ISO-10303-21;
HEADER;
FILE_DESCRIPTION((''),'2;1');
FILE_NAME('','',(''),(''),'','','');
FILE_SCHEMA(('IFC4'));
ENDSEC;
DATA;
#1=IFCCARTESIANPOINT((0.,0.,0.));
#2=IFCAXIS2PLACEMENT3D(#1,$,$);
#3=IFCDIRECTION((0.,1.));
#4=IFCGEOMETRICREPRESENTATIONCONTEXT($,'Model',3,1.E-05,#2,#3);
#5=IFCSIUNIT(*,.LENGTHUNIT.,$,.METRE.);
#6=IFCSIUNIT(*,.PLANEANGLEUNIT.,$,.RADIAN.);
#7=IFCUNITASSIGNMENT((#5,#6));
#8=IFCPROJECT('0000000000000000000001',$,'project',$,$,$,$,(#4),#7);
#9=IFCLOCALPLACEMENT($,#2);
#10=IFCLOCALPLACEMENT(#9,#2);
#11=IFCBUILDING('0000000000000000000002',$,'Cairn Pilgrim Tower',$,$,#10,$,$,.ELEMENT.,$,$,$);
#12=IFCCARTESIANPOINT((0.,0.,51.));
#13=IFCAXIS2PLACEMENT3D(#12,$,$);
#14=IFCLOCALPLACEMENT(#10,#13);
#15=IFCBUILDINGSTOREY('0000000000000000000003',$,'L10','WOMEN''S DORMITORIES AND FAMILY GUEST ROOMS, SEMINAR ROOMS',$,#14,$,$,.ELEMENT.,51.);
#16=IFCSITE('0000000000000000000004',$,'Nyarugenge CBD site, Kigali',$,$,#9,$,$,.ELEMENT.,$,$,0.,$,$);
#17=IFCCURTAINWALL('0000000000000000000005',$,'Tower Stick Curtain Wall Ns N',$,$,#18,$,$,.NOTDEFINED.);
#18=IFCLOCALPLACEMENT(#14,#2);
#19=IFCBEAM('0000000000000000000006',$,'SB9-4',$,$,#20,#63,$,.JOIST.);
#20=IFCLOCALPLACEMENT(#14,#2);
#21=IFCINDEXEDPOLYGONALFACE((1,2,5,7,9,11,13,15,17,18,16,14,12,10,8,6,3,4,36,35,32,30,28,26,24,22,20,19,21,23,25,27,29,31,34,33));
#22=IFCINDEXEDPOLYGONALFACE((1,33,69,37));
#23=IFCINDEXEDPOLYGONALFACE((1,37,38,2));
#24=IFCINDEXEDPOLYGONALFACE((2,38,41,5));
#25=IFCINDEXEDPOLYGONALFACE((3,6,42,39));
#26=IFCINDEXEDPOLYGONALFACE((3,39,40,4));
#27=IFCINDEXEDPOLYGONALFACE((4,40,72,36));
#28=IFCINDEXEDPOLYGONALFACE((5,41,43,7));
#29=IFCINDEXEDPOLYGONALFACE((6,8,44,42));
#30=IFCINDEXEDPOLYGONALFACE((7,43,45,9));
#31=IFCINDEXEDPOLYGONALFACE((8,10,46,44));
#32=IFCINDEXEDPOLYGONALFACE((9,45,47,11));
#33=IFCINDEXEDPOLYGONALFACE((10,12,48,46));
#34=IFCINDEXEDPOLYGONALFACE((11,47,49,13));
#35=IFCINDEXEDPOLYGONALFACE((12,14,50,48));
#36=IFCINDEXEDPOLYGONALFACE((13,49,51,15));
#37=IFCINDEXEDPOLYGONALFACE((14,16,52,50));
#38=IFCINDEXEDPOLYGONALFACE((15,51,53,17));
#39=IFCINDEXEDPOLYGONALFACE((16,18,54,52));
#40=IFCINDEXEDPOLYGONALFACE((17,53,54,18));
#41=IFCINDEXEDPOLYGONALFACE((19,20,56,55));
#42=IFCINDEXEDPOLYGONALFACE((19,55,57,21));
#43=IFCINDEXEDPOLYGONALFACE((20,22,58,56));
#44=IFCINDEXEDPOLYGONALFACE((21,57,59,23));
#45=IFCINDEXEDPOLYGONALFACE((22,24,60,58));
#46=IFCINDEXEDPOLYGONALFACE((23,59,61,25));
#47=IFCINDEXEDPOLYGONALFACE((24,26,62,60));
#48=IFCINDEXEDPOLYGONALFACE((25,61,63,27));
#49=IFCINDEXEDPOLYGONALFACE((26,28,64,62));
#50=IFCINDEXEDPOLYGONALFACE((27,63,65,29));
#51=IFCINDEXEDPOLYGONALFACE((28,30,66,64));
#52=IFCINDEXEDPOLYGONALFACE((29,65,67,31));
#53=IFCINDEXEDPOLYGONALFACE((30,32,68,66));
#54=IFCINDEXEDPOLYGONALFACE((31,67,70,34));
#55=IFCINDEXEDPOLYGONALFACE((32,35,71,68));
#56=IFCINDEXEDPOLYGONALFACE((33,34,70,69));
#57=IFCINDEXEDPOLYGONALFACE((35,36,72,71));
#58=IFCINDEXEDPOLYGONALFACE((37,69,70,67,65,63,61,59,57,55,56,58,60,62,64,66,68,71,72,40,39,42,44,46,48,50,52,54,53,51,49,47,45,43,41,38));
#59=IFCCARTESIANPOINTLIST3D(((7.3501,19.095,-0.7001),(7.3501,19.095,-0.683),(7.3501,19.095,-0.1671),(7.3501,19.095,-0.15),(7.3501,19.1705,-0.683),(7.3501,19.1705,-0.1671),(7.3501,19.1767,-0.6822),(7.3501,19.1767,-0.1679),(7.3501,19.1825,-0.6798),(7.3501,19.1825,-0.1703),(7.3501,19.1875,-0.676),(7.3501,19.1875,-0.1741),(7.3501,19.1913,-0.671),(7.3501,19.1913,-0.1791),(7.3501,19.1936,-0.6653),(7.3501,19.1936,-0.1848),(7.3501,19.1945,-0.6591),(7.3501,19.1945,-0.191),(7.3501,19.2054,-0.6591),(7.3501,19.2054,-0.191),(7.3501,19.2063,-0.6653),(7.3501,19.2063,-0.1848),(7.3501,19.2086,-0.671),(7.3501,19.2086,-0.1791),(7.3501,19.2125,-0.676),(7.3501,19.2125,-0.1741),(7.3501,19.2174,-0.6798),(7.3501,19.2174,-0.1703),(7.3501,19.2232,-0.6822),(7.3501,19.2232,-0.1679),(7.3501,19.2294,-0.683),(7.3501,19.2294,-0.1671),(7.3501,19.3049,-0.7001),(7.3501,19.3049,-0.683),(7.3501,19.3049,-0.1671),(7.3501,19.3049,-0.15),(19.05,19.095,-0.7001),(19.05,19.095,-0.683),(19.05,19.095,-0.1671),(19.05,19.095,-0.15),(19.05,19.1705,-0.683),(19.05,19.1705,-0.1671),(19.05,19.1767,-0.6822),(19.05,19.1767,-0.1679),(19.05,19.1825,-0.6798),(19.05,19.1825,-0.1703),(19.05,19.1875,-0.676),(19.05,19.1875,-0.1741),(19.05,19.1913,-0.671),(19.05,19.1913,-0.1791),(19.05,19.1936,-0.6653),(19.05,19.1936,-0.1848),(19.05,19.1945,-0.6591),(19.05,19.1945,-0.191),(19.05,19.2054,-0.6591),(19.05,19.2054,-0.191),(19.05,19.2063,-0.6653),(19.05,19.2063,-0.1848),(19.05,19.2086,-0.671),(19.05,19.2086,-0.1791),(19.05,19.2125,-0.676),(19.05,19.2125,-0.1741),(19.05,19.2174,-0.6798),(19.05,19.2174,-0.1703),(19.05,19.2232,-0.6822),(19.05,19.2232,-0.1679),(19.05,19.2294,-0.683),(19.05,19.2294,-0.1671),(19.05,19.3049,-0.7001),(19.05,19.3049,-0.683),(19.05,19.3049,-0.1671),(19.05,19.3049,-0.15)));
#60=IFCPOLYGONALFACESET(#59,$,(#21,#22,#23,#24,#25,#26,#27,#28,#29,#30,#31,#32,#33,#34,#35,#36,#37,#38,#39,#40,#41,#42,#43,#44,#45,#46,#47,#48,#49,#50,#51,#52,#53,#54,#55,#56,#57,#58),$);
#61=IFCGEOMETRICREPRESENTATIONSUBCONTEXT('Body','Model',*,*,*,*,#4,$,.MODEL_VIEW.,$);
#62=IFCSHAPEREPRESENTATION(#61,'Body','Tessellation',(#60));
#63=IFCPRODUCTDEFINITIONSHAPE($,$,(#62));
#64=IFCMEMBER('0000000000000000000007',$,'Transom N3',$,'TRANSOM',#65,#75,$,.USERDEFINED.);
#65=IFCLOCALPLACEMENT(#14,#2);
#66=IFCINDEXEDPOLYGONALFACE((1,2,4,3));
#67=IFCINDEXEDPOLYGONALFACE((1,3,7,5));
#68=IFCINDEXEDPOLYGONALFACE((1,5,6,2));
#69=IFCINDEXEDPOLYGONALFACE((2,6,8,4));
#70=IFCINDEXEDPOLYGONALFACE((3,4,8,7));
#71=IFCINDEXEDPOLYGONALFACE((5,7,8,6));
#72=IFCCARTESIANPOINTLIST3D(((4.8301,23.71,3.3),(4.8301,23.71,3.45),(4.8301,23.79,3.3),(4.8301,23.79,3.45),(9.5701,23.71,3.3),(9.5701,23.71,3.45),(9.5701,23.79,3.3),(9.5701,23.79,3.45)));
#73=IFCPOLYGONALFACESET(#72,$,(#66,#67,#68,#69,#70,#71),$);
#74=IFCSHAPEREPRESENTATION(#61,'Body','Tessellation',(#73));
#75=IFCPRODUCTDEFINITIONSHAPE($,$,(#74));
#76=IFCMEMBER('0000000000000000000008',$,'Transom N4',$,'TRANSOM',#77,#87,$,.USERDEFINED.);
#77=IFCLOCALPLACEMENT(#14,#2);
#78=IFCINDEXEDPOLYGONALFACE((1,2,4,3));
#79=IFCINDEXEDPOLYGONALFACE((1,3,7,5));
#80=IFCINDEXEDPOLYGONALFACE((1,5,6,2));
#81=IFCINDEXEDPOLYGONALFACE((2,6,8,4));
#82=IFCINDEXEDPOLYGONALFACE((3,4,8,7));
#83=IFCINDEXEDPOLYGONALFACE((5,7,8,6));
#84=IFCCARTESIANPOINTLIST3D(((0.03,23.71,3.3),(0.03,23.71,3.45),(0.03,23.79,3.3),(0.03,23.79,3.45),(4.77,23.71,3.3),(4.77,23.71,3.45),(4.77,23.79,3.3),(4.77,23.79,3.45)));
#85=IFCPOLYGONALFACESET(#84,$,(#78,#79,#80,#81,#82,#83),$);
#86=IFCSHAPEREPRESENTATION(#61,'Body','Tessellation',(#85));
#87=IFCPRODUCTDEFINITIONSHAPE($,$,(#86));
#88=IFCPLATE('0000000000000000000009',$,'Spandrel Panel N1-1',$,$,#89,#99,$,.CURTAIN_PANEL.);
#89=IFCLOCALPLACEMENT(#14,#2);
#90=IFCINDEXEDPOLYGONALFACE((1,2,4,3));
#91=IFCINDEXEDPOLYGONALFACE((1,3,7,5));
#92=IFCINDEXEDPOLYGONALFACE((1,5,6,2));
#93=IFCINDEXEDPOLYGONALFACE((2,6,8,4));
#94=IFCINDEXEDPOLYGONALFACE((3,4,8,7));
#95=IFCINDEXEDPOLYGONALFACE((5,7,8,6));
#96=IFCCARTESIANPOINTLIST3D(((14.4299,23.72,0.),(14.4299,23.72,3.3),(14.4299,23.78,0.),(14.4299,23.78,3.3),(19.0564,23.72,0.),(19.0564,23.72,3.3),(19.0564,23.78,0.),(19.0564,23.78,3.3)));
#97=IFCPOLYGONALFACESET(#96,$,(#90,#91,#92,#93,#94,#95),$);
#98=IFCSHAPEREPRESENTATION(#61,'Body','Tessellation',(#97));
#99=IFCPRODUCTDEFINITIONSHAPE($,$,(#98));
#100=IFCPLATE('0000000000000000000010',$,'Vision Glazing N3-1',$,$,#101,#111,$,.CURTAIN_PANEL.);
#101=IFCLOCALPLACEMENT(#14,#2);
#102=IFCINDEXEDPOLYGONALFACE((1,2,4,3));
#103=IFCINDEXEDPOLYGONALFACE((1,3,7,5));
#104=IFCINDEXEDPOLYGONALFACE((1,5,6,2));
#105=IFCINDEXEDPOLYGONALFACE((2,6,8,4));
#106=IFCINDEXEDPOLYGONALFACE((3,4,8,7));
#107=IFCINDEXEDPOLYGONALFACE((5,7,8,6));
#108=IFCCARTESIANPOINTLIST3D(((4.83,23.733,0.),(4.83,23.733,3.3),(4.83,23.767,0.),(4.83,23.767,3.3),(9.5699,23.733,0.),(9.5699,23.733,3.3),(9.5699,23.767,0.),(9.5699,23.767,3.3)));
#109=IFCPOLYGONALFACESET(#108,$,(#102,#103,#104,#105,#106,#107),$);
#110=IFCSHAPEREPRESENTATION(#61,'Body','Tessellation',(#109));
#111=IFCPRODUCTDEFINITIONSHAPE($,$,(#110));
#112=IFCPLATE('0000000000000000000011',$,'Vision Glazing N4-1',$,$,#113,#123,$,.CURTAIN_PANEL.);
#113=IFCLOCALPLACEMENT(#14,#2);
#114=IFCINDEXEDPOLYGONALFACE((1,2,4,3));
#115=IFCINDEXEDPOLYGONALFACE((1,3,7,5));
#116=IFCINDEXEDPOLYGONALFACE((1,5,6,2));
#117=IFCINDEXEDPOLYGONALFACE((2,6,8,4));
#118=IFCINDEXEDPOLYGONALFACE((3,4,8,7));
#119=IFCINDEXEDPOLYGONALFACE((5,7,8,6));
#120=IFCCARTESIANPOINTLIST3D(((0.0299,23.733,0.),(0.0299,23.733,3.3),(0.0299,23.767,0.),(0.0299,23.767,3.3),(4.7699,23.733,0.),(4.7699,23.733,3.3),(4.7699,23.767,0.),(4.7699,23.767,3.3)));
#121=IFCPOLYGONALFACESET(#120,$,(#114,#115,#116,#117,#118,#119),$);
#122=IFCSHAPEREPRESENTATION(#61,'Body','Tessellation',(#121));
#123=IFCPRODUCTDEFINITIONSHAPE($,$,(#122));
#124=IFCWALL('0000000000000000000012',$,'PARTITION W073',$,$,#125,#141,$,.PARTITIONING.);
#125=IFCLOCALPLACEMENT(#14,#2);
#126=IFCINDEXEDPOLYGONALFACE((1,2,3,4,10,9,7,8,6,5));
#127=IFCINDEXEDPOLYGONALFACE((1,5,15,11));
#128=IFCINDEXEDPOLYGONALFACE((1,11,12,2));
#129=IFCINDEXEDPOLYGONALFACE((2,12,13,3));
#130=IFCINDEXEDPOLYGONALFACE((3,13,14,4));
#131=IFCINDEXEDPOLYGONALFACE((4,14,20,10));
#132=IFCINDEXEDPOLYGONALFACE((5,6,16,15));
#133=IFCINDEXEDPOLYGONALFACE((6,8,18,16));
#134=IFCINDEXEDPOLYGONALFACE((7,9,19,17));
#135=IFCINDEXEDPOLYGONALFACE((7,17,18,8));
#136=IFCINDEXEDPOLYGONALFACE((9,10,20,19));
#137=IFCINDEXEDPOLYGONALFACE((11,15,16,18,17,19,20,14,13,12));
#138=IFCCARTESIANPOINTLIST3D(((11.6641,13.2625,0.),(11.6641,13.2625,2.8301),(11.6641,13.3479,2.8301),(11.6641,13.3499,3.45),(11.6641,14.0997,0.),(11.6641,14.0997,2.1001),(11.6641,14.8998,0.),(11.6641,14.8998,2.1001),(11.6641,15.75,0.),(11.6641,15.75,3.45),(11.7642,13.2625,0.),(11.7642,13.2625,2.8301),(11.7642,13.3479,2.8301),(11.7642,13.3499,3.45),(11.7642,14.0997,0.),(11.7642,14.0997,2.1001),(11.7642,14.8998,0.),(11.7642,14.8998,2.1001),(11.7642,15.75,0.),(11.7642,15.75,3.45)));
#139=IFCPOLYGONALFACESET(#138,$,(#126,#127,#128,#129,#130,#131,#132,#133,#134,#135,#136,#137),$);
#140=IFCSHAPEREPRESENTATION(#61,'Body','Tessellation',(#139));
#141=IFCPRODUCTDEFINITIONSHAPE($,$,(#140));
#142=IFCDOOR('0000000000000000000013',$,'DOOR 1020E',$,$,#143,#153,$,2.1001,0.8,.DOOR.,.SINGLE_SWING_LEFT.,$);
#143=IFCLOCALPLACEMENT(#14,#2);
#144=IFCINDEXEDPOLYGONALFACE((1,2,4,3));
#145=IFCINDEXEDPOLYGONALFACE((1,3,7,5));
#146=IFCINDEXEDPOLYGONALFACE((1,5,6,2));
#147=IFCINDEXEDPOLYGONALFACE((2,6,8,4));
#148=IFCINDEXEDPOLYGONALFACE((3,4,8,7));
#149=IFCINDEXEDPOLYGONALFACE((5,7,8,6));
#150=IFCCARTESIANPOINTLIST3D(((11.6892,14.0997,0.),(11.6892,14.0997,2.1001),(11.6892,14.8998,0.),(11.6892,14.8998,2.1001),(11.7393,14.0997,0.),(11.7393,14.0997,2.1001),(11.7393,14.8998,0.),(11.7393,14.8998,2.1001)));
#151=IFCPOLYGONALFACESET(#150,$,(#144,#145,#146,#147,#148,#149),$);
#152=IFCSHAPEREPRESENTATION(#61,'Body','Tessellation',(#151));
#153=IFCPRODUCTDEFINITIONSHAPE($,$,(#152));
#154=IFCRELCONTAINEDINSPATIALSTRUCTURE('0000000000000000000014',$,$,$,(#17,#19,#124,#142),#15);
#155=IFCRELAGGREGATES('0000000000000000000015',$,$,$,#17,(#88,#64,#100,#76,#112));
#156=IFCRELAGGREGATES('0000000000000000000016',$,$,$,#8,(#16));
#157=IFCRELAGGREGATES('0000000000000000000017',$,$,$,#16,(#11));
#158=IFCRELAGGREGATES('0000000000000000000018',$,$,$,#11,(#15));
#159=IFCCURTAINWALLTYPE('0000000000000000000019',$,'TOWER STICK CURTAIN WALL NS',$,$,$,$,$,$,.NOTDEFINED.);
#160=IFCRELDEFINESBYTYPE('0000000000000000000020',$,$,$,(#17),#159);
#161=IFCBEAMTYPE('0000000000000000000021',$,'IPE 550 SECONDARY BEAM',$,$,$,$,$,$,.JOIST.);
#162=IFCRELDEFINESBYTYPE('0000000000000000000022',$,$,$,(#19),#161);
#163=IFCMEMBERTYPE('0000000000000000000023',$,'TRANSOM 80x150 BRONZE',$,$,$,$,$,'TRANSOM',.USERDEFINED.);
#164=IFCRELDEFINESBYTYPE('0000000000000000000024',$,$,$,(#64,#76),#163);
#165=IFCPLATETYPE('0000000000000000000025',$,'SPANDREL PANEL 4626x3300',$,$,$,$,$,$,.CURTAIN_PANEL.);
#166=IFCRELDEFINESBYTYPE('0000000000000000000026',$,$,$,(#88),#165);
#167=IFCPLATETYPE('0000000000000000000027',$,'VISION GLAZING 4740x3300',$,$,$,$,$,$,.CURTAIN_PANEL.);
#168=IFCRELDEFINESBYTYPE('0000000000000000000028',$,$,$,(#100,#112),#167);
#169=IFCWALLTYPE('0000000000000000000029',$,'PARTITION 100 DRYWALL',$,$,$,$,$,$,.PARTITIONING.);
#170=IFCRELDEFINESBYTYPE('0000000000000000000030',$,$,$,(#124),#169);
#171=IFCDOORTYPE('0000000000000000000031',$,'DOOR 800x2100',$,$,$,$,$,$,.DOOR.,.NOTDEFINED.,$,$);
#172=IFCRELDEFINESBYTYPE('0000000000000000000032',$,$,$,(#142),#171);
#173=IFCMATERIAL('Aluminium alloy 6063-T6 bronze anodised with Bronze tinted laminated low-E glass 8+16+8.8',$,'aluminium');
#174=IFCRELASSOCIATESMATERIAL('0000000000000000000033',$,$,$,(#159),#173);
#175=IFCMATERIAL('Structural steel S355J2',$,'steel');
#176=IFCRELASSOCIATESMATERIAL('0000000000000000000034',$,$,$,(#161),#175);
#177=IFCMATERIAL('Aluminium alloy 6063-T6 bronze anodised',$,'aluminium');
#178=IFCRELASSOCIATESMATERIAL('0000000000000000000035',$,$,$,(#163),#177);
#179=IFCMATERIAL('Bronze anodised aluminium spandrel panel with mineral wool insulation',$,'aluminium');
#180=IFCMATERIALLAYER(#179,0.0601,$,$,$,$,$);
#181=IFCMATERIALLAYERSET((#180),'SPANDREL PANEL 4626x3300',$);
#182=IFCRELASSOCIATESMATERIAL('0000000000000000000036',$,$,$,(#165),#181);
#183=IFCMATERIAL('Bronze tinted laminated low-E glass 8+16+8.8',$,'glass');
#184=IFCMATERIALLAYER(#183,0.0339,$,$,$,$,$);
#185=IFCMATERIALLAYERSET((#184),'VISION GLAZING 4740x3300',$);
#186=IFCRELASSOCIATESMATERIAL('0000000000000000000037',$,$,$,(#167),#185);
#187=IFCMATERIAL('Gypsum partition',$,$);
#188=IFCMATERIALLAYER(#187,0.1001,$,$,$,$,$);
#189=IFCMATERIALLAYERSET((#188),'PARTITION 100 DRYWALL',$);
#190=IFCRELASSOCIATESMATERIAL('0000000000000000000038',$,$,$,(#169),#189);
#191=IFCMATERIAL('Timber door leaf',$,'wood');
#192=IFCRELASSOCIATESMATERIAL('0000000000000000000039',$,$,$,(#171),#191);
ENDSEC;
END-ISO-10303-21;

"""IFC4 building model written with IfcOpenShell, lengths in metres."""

from ifc_helpers import new_model, si_unit, direction, frame, frame_2d, origin, origin_2d, place, context, subcontext, project, spatial, polyline, rectangle, i_section, outline, extrude, material, layer, layer_set, material_profile, profile_set, type_object, element, fill, aggregate, save


model = new_model("IFC4")

# Units and contexts
model_context = context("Model", 3, precision=1e-05, world=origin(), true_north=direction((0.0, 1.0)))
body_context = subcontext(model_context, "Body", "Model", "MODEL_VIEW")
ifc_project = project(units=[si_unit("LENGTHUNIT", "METRE"), si_unit("PLANEANGLEUNIT", "RADIAN")], contexts=[model_context])

# Site, building, storey
site_placement = place(None, origin())
site = spatial("IfcSite", under=ifc_project, at=site_placement, Name="Nyarugenge CBD site, Kigali", CompositionType="ELEMENT", RefElevation=0.0)
building_placement = place(site_placement, origin())
building = spatial("IfcBuilding", under=site, at=building_placement, Name="Cairn Pilgrim Tower", CompositionType="ELEMENT")
storey_placement = place(building_placement, frame((0.0, 0.0, 51.0)))
storey = spatial("IfcBuildingStorey", under=building, at=storey_placement, Name="L10", Description="WOMEN'S DORMITORIES AND FAMILY GUEST ROOMS, SEMINAR ROOMS", CompositionType="ELEMENT", Elevation=51.0)

# Curtain wall
ifc_material_1 = material(Name="Aluminium alloy 6063-T6 bronze anodised with Bronze tinted laminated low-E glass 8+16+8.8", Category="aluminium")
curtain_wall_type = type_object("IfcCurtainWallType", Name="TOWER STICK CURTAIN WALL NS", PredefinedType="NOTDEFINED", material=ifc_material_1)
curtain_wall_placement = place(storey_placement, origin())
curtain_wall = element("IfcCurtainWall", 1, at=curtain_wall_placement, inside=storey, type_object=curtain_wall_type, Name="Tower Stick Curtain Wall Ns N", PredefinedType="NOTDEFINED")
ifc_material_2 = material(Name="Aluminium alloy 6063-T6 bronze anodised", Category="aluminium")

# Beam
ifc_material_3 = material(Name="Structural steel S355J2", Category="steel")
ifc_material_profile_1 = material_profile(ifc_material_3, i_section(OverallWidth=0.21, OverallDepth=0.55, WebThickness=0.011, FlangeThickness=0.0171, FilletRadius=0.0239, at=origin_2d()), Name="IPE 550")
ifc_profile_set_1 = profile_set([ifc_material_profile_1], Name="Structural steel S355J2")
beam_type_1 = type_object("IfcBeamType", Name="IPE 550 SECONDARY BEAM", PredefinedType="JOIST", material=ifc_profile_set_1)
beam_1_placement = place(storey_placement, frame((7.3501, 19.2, -0.425), z_axis=(1.0, 0.0, 0.0), x_axis=(0.0, 1.0, 0.0)))
element("IfcBeam", 2, at=beam_1_placement, inside=storey, type_object=beam_type_1, Name="SB9-4", PredefinedType="JOIST", context=body_context, shape_type="SweptSolid", body=[
    extrude(i_section(OverallWidth=0.21, OverallDepth=0.55, WebThickness=0.011, FlangeThickness=0.0171, FilletRadius=0.0239, at=origin_2d()), origin(), (0.0, 0.0, 1.0), 11.7),
])

# Members
ifc_material_profile_2 = material_profile(ifc_material_2, rectangle(XDim=0.0801, YDim=0.1499, at=origin_2d()), Name="TRANSOM 80x150 BRONZE")
ifc_profile_set_2 = profile_set([ifc_material_profile_2], Name="Aluminium alloy 6063-T6 bronze anodised")
member_type_1 = type_object("IfcMemberType", Name="TRANSOM 80x150 BRONZE", ElementType="TRANSOM", PredefinedType="USERDEFINED", material=ifc_profile_set_2)
member_1_placement = place(storey_placement, frame((9.5701, 23.75, 3.375), z_axis=(-1.0, 0.0, 0.0), x_axis=(0.0, -1.0, 0.0)))
member_1 = element("IfcMember", 3, at=member_1_placement, type_object=member_type_1, Name="Transom N3", ObjectType="TRANSOM", PredefinedType="USERDEFINED", context=body_context, shape_type="SweptSolid", body=[
    extrude(rectangle(XDim=0.0801, YDim=0.1499, at=origin_2d()), origin(), (0.0, 0.0, 1.0), 4.74),
])
member_2_placement = place(storey_placement, frame((4.77, 23.75, 3.375), z_axis=(-1.0, 0.0, 0.0), x_axis=(0.0, -1.0, 0.0)))
member_2 = element("IfcMember", 4, at=member_2_placement, type_object=member_type_1, Name="Transom N4", ObjectType="TRANSOM", PredefinedType="USERDEFINED", context=body_context, shape_type="SweptSolid", body=[
    extrude(rectangle(XDim=0.0801, YDim=0.1499, at=origin_2d()), origin(), (0.0, 0.0, 1.0), 4.74),
])

# Plates
ifc_material_4 = material(Name="Bronze anodised aluminium spandrel panel with mineral wool insulation", Category="aluminium")
ifc_layer_1 = layer(ifc_material_4, 0.0601)
ifc_layer_set_1 = layer_set([ifc_layer_1], Name="SPANDREL PANEL 4626x3300")
plate_type_1 = type_object("IfcPlateType", Name="SPANDREL PANEL 4626x3300", PredefinedType="CURTAIN_PANEL", material=ifc_layer_set_1)
plate_1_placement = place(storey_placement, frame((16.7432, 23.75, 0.0), z_axis=(0.0, 0.0, 1.0), x_axis=(-1.0, 0.0, 0.0)))
plate_1 = element("IfcPlate", 5, at=plate_1_placement, type_object=plate_type_1, Name="Spandrel Panel N1-1", PredefinedType="CURTAIN_PANEL", context=body_context, shape_type="SweptSolid", body=[
    extrude(rectangle(XDim=4.6265, YDim=0.0601, at=origin_2d()), origin(), (0.0, 0.0, 1.0), 3.3),
])
ifc_material_5 = material(Name="Bronze tinted laminated low-E glass 8+16+8.8", Category="glass")
ifc_layer_2 = layer(ifc_material_5, 0.0339)
ifc_layer_set_2 = layer_set([ifc_layer_2], Name="VISION GLAZING 4740x3300")
plate_type_2 = type_object("IfcPlateType", Name="VISION GLAZING 4740x3300", PredefinedType="CURTAIN_PANEL", material=ifc_layer_set_2)
plate_2_placement = place(storey_placement, frame((7.2, 23.75, 0.0), z_axis=(0.0, 0.0, 1.0), x_axis=(-1.0, 0.0, 0.0)))
plate_2 = element("IfcPlate", 6, at=plate_2_placement, type_object=plate_type_2, Name="Vision Glazing N3-1", PredefinedType="CURTAIN_PANEL", context=body_context, shape_type="SweptSolid", body=[
    extrude(rectangle(XDim=4.74, YDim=0.0339, at=origin_2d()), origin(), (0.0, 0.0, 1.0), 3.3),
])
plate_3_placement = place(storey_placement, frame((2.3999, 23.75, 0.0), z_axis=(0.0, 0.0, 1.0), x_axis=(-1.0, 0.0, 0.0)))
plate_3 = element("IfcPlate", 7, at=plate_3_placement, type_object=plate_type_2, Name="Vision Glazing N4-1", PredefinedType="CURTAIN_PANEL", context=body_context, shape_type="SweptSolid", body=[
    extrude(rectangle(XDim=4.74, YDim=0.0339, at=origin_2d()), origin(), (0.0, 0.0, 1.0), 3.3),
])
aggregate(curtain_wall, [plate_1, member_1, plate_2, member_2, plate_3])

# Wall, opening, door
ifc_material_6 = material(Name="Gypsum partition")
ifc_layer_3 = layer(ifc_material_6, 0.1001)
ifc_layer_set_3 = layer_set([ifc_layer_3], Name="PARTITION 100 DRYWALL")
wall_type_1 = type_object("IfcWallType", Name="PARTITION 100 DRYWALL", PredefinedType="PARTITIONING", material=ifc_layer_set_3)
wall_1_placement = place(storey_placement, frame((11.7141, 13.2625, 0.0), z_axis=(0.0, 0.0, 1.0), x_axis=(0.0, 1.0, 0.0)))
wall_1 = element("IfcWall", 8, at=wall_1_placement, inside=storey, type_object=wall_type_1, Name="PARTITION W073", PredefinedType="PARTITIONING", context=body_context, shape_type="SweptSolid", body=[
    extrude(outline(polyline([(0.0, 0.0), (2.4875, 0.0), (2.4875, 3.45), (0.0874, 3.45), (0.0854, 2.8301), (0.0, 2.8301), (0.0, 0.0)])), frame((0.0, 0.05, 0.0), z_axis=(0.0, -1.0, 0.0), x_axis=(1.0, 0.0, 0.0)), (0.0, 0.0, 1.0), 0.1001),
])
opening_1_placement = place(wall_1_placement, frame((0.8374, 0.0, 0.0)))
opening_1 = element("IfcOpeningElement", 9, at=opening_1_placement, cuts=wall_1, PredefinedType="OPENING", context=body_context, shape_type="SweptSolid", body=[
    extrude(rectangle(XDim=0.8, YDim=2.1001, at=frame_2d((0.3999, 1.05))), frame((0.0, 0.0601, 0.0), z_axis=(0.0, -1.0, 0.0), x_axis=(1.0, 0.0, 0.0)), (0.0, 0.0, 1.0), 0.1201),
])
ifc_material_7 = material(Name="Timber door leaf", Category="wood")
door_type_1 = type_object("IfcDoorType", Name="DOOR 800x2100", OperationType="NOTDEFINED", PredefinedType="DOOR", material=ifc_material_7)
door_1_placement = place(opening_1_placement, origin())
door_1 = element("IfcDoor", 10, at=door_1_placement, inside=storey, type_object=door_type_1, Name="DOOR 1020E", OperationType="SINGLE_SWING_LEFT", OverallHeight=2.1001, OverallWidth=0.8, PredefinedType="DOOR", context=body_context, shape_type="SweptSolid", body=[
    extrude(rectangle(XDim=0.8, YDim=2.1001, at=frame_2d((0.3999, 1.05))), frame((0.0, 0.0249, 0.0), z_axis=(0.0, -1.0, 0.0), x_axis=(1.0, 0.0, 0.0)), (0.0, 0.0, 1.0), 0.05),
])
fill(opening_1, door_1)

save(model, "model.ifc")
